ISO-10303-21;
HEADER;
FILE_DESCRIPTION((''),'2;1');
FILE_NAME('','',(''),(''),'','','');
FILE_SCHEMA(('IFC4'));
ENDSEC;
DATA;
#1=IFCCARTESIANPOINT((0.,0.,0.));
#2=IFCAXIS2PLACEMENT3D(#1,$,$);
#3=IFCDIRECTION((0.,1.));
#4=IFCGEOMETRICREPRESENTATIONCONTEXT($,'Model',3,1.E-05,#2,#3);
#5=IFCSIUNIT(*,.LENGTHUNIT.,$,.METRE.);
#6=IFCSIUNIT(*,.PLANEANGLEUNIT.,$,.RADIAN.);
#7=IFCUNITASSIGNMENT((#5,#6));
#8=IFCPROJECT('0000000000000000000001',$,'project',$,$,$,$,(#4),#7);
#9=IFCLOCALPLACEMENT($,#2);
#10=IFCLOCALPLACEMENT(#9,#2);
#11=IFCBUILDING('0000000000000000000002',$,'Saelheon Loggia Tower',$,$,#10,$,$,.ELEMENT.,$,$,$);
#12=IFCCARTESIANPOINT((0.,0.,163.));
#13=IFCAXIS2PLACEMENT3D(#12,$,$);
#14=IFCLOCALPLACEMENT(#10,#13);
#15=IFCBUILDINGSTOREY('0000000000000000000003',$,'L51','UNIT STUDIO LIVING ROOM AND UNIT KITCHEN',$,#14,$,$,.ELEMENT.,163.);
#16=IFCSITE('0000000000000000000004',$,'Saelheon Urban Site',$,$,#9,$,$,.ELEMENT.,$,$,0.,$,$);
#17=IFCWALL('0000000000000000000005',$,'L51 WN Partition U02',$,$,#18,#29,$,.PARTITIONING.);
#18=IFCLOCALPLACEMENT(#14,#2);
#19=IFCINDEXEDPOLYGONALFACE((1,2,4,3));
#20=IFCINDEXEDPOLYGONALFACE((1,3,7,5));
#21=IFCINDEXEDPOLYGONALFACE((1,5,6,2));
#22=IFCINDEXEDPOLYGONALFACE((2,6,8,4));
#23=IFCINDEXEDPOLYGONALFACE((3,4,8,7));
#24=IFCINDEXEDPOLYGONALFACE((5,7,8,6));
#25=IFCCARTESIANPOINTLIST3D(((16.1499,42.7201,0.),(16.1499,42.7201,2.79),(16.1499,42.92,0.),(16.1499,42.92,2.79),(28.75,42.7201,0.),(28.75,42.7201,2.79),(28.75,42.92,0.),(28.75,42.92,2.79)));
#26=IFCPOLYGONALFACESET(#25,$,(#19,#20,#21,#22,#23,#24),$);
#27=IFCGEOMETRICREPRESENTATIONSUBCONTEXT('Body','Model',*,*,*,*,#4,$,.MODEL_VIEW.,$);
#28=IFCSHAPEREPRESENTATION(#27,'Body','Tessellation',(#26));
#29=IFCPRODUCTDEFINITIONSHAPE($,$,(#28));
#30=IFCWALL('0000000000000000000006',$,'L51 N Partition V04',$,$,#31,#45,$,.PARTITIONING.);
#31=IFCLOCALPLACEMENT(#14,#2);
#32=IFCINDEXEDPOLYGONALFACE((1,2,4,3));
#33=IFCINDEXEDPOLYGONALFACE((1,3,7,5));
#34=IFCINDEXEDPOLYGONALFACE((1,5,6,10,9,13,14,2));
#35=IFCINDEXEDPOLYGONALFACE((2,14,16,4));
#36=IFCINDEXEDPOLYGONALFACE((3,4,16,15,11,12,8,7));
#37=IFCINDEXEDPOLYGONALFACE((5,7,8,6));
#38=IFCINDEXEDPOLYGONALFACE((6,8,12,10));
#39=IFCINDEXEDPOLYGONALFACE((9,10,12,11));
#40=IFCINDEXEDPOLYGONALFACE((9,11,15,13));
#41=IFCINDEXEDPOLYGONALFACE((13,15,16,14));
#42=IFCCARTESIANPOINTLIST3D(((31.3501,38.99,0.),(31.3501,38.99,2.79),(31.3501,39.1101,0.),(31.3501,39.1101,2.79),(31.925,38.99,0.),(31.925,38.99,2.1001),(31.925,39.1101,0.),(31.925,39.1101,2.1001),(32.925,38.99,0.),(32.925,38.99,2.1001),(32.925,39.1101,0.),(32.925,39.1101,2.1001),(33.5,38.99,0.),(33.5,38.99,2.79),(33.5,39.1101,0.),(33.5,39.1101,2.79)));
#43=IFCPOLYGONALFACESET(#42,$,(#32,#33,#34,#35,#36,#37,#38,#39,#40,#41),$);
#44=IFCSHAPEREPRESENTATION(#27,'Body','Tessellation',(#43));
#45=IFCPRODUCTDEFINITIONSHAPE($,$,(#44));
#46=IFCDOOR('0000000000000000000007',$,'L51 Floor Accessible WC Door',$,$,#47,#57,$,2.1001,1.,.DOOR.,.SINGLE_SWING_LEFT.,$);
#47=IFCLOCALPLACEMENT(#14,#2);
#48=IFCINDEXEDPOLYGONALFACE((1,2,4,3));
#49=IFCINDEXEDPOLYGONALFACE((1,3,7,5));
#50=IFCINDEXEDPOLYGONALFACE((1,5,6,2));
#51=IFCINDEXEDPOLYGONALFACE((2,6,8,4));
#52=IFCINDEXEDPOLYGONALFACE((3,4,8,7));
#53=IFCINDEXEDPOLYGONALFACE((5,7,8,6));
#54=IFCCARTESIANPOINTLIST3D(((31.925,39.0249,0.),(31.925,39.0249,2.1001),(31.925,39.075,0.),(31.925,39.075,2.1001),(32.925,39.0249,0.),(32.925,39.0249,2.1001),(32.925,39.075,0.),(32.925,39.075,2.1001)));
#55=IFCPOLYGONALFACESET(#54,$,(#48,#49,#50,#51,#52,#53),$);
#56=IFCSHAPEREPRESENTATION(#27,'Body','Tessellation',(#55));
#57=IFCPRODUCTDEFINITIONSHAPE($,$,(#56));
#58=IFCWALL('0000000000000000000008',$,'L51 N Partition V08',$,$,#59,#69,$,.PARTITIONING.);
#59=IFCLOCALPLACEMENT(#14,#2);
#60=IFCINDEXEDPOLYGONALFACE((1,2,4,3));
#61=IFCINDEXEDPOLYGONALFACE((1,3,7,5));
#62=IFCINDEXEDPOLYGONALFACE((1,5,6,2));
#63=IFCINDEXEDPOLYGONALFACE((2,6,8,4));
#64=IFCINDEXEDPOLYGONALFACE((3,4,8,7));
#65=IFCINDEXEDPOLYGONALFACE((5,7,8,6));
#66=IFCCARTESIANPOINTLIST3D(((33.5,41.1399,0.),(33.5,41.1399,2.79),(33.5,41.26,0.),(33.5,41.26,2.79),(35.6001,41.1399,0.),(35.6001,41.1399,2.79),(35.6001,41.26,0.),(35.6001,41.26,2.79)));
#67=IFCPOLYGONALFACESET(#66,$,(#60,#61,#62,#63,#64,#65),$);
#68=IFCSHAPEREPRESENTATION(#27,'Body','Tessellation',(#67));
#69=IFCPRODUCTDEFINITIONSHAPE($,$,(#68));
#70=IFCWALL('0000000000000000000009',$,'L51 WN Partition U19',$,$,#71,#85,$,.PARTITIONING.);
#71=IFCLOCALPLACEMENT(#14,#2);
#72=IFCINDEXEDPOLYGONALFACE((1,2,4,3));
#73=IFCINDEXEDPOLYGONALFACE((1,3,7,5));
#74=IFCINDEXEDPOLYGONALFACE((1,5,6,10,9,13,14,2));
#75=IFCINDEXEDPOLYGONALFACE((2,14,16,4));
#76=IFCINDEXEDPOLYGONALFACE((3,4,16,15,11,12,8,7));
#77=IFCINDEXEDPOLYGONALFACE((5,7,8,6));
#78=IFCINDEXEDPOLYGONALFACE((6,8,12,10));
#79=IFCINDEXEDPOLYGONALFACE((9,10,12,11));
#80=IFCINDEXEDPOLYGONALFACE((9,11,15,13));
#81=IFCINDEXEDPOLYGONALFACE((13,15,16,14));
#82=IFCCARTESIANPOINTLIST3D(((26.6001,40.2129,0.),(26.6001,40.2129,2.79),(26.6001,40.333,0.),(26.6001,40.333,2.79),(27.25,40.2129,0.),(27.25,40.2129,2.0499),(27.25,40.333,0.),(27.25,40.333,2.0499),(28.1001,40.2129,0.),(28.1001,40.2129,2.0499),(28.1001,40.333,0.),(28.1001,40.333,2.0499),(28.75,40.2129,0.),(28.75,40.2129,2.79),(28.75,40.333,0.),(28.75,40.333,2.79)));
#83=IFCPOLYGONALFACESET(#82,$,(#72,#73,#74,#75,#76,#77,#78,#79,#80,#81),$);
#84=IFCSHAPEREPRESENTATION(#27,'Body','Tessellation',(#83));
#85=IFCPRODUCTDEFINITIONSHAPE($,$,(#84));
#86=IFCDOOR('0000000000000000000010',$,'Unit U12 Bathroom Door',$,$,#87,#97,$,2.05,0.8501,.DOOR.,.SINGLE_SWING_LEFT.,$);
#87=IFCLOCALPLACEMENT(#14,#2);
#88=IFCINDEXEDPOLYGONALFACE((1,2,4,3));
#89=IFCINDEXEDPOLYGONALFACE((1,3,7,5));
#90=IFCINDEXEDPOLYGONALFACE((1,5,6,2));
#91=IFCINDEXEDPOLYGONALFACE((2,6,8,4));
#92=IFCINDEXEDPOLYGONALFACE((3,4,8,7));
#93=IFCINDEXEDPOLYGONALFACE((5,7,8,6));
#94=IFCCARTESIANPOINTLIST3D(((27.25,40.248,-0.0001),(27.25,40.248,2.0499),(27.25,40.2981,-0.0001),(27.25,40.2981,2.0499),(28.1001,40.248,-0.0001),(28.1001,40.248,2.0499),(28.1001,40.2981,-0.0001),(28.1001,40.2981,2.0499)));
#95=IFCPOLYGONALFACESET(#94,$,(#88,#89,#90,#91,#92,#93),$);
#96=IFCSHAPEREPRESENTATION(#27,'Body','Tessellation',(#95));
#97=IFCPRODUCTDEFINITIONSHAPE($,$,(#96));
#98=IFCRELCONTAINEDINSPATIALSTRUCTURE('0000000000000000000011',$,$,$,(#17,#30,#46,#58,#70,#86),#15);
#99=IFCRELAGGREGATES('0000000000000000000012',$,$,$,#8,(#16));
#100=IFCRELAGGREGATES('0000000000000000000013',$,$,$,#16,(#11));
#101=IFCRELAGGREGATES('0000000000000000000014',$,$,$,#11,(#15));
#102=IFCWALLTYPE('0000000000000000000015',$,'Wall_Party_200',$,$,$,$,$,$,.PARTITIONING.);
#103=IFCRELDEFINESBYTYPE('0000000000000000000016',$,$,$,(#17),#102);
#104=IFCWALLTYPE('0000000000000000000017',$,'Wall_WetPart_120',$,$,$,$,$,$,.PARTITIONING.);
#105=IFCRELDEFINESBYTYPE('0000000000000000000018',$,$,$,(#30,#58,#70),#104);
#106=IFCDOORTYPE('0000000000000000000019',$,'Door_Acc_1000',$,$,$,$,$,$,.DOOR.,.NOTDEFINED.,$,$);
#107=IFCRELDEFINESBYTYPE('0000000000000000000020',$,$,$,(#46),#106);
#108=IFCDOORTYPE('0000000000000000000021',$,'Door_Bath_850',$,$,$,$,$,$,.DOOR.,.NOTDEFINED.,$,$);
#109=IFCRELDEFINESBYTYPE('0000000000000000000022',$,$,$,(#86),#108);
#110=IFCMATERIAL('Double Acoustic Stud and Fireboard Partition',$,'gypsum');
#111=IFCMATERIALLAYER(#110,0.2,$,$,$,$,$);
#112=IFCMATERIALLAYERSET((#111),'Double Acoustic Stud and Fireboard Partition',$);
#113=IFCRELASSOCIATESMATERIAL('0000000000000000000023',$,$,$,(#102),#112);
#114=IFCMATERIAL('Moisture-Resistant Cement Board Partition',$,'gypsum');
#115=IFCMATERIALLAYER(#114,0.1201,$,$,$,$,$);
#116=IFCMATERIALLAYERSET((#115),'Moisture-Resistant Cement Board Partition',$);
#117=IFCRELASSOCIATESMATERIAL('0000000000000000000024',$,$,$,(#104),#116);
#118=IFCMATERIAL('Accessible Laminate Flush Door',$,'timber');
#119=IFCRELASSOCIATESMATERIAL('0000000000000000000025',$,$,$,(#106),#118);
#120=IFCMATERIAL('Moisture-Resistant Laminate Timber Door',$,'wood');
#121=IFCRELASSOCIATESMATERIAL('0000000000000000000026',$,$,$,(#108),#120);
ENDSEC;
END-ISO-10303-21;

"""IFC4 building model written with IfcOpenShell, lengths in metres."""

from ifc_helpers import new_model, si_unit, direction, frame, frame_2d, origin, place, context, subcontext, project, spatial, rectangle, extrude, source, transform, mapped, material, layer, layer_set, type_object, element, fill, save


model = new_model("IFC4")

# Units and contexts
model_context = context("Model", 3, precision=1e-05, world=origin(), true_north=direction((0.0, 1.0)))
body_context = subcontext(model_context, "Body", "Model", "MODEL_VIEW")
ifc_project = project(units=[si_unit("LENGTHUNIT", "METRE"), si_unit("PLANEANGLEUNIT", "RADIAN")], contexts=[model_context])

# Site, building, storey
site_placement = place(None, origin())
site = spatial("IfcSite", under=ifc_project, at=site_placement, Name="Saelheon Urban Site", CompositionType="ELEMENT", RefElevation=0.0)
building_placement = place(site_placement, origin())
building = spatial("IfcBuilding", under=site, at=building_placement, Name="Saelheon Loggia Tower", CompositionType="ELEMENT")
storey_placement = place(building_placement, frame((0.0, 0.0, 163.0)))
storey = spatial("IfcBuildingStorey", under=building, at=storey_placement, Name="L51", Description="UNIT STUDIO LIVING ROOM AND UNIT KITCHEN", CompositionType="ELEMENT", Elevation=163.0)

# Wall
ifc_material_1 = material(Name="Double Acoustic Stud and Fireboard Partition", Category="gypsum")
ifc_layer_1 = layer(ifc_material_1, 0.2)
ifc_layer_set_1 = layer_set([ifc_layer_1], Name="Double Acoustic Stud and Fireboard Partition")
wall_type_1 = type_object("IfcWallType", Name="Wall_Party_200", PredefinedType="PARTITIONING", material=ifc_layer_set_1)
wall_1_placement = place(storey_placement, frame((28.75, 42.8201, 0.0), z_axis=(0.0, 0.0, 1.0), x_axis=(-1.0, 0.0, 0.0)))
element("IfcWall", 1, at=wall_1_placement, inside=storey, type_object=wall_type_1, Name="L51 WN Partition U02", PredefinedType="PARTITIONING", context=body_context, shape_type="SweptSolid", body=[
    extrude(rectangle(XDim=12.6001, YDim=0.2, at=frame_2d((6.3, 0.0))), origin(), (0.0, 0.0, 1.0), 2.79),
])

# Wall, opening, door
ifc_material_2 = material(Name="Moisture-Resistant Cement Board Partition", Category="gypsum")
ifc_layer_2 = layer(ifc_material_2, 0.1201)
ifc_layer_set_2 = layer_set([ifc_layer_2], Name="Moisture-Resistant Cement Board Partition")
wall_type_2 = type_object("IfcWallType", Name="Wall_WetPart_120", PredefinedType="PARTITIONING", material=ifc_layer_set_2)
wall_2_placement = place(storey_placement, frame((31.3501, 39.05, 0.0), z_axis=(0.0, 0.0, 1.0), x_axis=(1.0, 0.0, 0.0)))
wall_2 = element("IfcWall", 2, at=wall_2_placement, inside=storey, type_object=wall_type_2, Name="L51 N Partition V04", PredefinedType="PARTITIONING", context=body_context, shape_type="SweptSolid", body=[
    extrude(rectangle(XDim=2.1499, YDim=0.1201, at=frame_2d((1.075, 0.0))), origin(), (0.0, 0.0, 1.0), 2.79),
])
opening_1_placement = place(wall_2_placement, frame((0.575, 0.0, 0.0)))
opening_1 = element("IfcOpeningElement", 3, at=opening_1_placement, cuts=wall_2, PredefinedType="OPENING", context=body_context, shape_type="SweptSolid", body=[
    extrude(rectangle(XDim=1.0, YDim=2.1001, at=frame_2d((0.5, 1.05))), frame((0.0, 0.072, 0.0), z_axis=(0.0, -1.0, 0.0), x_axis=(1.0, 0.0, 0.0)), (0.0, 0.0, 1.0), 0.144),
])
ifc_material_3 = material(Name="Accessible Laminate Flush Door", Category="timber")
door_type_1 = type_object("IfcDoorType", Name="Door_Acc_1000", OperationType="NOTDEFINED", PredefinedType="DOOR", material=ifc_material_3)
shared_shape_1 = source(origin(), body_context, "Body", "SweptSolid", [
    extrude(rectangle(XDim=1.0, YDim=2.1001, at=frame_2d((0.5, 1.05))), frame((0.0, 0.0249, 0.0), z_axis=(0.0, -1.0, 0.0), x_axis=(1.0, 0.0, 0.0)), (0.0, 0.0, 1.0), 0.05),
])
door_1_placement = place(opening_1_placement, origin())
door_1 = element("IfcDoor", 4, at=door_1_placement, inside=storey, type_object=door_type_1, Name="L51 Floor Accessible WC Door", OperationType="SINGLE_SWING_LEFT", OverallHeight=2.1001, OverallWidth=1.0, PredefinedType="DOOR", context=body_context, shape_type="MappedRepresentation", body=[
    mapped(shared_shape_1, transform((0.0, 0.0, 0.0), scale=1.0)),
])
fill(opening_1, door_1)

# Wall
wall_3_placement = place(storey_placement, frame((33.5, 41.2, 0.0), z_axis=(0.0, 0.0, 1.0), x_axis=(1.0, 0.0, 0.0)))
element("IfcWall", 5, at=wall_3_placement, inside=storey, type_object=wall_type_2, Name="L51 N Partition V08", PredefinedType="PARTITIONING", context=body_context, shape_type="SweptSolid", body=[
    extrude(rectangle(XDim=2.1001, YDim=0.1201, at=frame_2d((1.05, 0.0))), origin(), (0.0, 0.0, 1.0), 2.79),
])

# Wall, opening, door
wall_4_placement = place(storey_placement, frame((28.75, 40.2729, 0.0), z_axis=(0.0, 0.0, 1.0), x_axis=(-1.0, 0.0, 0.0)))
wall_4 = element("IfcWall", 6, at=wall_4_placement, inside=storey, type_object=wall_type_2, Name="L51 WN Partition U19", PredefinedType="PARTITIONING", context=body_context, shape_type="SweptSolid", body=[
    extrude(rectangle(XDim=2.1499, YDim=0.1201, at=frame_2d((1.075, 0.0))), origin(), (0.0, 0.0, 1.0), 2.79),
])
opening_2_placement = place(wall_4_placement, frame((0.6499, 0.0, 0.0)))
opening_2 = element("IfcOpeningElement", 7, at=opening_2_placement, cuts=wall_4, PredefinedType="OPENING", context=body_context, shape_type="SweptSolid", body=[
    extrude(rectangle(XDim=0.8501, YDim=2.05, at=frame_2d((0.425, 1.0249))), frame((0.0, 0.072, 0.0), z_axis=(0.0, -1.0, 0.0), x_axis=(1.0, 0.0, 0.0)), (0.0, 0.0, 1.0), 0.144),
])
ifc_material_4 = material(Name="Moisture-Resistant Laminate Timber Door", Category="wood")
door_type_2 = type_object("IfcDoorType", Name="Door_Bath_850", OperationType="NOTDEFINED", PredefinedType="DOOR", material=ifc_material_4)
shared_shape_2 = source(origin(), body_context, "Body", "SweptSolid", [
    extrude(rectangle(XDim=0.8501, YDim=2.05, at=frame_2d((0.425, 1.0249))), frame((0.0, 0.0249, 0.0), z_axis=(0.0, -1.0, 0.0), x_axis=(1.0, 0.0, 0.0)), (0.0, 0.0, 1.0), 0.05),
])
door_2_placement = place(opening_2_placement, origin())
door_2 = element("IfcDoor", 8, at=door_2_placement, inside=storey, type_object=door_type_2, Name="Unit U12 Bathroom Door", OperationType="SINGLE_SWING_LEFT", OverallHeight=2.05, OverallWidth=0.8501, PredefinedType="DOOR", context=body_context, shape_type="MappedRepresentation", body=[
    mapped(shared_shape_2, transform((0.0, 0.0, 0.0), scale=1.0)),
])
fill(opening_2, door_2)

save(model, "model.ifc")
